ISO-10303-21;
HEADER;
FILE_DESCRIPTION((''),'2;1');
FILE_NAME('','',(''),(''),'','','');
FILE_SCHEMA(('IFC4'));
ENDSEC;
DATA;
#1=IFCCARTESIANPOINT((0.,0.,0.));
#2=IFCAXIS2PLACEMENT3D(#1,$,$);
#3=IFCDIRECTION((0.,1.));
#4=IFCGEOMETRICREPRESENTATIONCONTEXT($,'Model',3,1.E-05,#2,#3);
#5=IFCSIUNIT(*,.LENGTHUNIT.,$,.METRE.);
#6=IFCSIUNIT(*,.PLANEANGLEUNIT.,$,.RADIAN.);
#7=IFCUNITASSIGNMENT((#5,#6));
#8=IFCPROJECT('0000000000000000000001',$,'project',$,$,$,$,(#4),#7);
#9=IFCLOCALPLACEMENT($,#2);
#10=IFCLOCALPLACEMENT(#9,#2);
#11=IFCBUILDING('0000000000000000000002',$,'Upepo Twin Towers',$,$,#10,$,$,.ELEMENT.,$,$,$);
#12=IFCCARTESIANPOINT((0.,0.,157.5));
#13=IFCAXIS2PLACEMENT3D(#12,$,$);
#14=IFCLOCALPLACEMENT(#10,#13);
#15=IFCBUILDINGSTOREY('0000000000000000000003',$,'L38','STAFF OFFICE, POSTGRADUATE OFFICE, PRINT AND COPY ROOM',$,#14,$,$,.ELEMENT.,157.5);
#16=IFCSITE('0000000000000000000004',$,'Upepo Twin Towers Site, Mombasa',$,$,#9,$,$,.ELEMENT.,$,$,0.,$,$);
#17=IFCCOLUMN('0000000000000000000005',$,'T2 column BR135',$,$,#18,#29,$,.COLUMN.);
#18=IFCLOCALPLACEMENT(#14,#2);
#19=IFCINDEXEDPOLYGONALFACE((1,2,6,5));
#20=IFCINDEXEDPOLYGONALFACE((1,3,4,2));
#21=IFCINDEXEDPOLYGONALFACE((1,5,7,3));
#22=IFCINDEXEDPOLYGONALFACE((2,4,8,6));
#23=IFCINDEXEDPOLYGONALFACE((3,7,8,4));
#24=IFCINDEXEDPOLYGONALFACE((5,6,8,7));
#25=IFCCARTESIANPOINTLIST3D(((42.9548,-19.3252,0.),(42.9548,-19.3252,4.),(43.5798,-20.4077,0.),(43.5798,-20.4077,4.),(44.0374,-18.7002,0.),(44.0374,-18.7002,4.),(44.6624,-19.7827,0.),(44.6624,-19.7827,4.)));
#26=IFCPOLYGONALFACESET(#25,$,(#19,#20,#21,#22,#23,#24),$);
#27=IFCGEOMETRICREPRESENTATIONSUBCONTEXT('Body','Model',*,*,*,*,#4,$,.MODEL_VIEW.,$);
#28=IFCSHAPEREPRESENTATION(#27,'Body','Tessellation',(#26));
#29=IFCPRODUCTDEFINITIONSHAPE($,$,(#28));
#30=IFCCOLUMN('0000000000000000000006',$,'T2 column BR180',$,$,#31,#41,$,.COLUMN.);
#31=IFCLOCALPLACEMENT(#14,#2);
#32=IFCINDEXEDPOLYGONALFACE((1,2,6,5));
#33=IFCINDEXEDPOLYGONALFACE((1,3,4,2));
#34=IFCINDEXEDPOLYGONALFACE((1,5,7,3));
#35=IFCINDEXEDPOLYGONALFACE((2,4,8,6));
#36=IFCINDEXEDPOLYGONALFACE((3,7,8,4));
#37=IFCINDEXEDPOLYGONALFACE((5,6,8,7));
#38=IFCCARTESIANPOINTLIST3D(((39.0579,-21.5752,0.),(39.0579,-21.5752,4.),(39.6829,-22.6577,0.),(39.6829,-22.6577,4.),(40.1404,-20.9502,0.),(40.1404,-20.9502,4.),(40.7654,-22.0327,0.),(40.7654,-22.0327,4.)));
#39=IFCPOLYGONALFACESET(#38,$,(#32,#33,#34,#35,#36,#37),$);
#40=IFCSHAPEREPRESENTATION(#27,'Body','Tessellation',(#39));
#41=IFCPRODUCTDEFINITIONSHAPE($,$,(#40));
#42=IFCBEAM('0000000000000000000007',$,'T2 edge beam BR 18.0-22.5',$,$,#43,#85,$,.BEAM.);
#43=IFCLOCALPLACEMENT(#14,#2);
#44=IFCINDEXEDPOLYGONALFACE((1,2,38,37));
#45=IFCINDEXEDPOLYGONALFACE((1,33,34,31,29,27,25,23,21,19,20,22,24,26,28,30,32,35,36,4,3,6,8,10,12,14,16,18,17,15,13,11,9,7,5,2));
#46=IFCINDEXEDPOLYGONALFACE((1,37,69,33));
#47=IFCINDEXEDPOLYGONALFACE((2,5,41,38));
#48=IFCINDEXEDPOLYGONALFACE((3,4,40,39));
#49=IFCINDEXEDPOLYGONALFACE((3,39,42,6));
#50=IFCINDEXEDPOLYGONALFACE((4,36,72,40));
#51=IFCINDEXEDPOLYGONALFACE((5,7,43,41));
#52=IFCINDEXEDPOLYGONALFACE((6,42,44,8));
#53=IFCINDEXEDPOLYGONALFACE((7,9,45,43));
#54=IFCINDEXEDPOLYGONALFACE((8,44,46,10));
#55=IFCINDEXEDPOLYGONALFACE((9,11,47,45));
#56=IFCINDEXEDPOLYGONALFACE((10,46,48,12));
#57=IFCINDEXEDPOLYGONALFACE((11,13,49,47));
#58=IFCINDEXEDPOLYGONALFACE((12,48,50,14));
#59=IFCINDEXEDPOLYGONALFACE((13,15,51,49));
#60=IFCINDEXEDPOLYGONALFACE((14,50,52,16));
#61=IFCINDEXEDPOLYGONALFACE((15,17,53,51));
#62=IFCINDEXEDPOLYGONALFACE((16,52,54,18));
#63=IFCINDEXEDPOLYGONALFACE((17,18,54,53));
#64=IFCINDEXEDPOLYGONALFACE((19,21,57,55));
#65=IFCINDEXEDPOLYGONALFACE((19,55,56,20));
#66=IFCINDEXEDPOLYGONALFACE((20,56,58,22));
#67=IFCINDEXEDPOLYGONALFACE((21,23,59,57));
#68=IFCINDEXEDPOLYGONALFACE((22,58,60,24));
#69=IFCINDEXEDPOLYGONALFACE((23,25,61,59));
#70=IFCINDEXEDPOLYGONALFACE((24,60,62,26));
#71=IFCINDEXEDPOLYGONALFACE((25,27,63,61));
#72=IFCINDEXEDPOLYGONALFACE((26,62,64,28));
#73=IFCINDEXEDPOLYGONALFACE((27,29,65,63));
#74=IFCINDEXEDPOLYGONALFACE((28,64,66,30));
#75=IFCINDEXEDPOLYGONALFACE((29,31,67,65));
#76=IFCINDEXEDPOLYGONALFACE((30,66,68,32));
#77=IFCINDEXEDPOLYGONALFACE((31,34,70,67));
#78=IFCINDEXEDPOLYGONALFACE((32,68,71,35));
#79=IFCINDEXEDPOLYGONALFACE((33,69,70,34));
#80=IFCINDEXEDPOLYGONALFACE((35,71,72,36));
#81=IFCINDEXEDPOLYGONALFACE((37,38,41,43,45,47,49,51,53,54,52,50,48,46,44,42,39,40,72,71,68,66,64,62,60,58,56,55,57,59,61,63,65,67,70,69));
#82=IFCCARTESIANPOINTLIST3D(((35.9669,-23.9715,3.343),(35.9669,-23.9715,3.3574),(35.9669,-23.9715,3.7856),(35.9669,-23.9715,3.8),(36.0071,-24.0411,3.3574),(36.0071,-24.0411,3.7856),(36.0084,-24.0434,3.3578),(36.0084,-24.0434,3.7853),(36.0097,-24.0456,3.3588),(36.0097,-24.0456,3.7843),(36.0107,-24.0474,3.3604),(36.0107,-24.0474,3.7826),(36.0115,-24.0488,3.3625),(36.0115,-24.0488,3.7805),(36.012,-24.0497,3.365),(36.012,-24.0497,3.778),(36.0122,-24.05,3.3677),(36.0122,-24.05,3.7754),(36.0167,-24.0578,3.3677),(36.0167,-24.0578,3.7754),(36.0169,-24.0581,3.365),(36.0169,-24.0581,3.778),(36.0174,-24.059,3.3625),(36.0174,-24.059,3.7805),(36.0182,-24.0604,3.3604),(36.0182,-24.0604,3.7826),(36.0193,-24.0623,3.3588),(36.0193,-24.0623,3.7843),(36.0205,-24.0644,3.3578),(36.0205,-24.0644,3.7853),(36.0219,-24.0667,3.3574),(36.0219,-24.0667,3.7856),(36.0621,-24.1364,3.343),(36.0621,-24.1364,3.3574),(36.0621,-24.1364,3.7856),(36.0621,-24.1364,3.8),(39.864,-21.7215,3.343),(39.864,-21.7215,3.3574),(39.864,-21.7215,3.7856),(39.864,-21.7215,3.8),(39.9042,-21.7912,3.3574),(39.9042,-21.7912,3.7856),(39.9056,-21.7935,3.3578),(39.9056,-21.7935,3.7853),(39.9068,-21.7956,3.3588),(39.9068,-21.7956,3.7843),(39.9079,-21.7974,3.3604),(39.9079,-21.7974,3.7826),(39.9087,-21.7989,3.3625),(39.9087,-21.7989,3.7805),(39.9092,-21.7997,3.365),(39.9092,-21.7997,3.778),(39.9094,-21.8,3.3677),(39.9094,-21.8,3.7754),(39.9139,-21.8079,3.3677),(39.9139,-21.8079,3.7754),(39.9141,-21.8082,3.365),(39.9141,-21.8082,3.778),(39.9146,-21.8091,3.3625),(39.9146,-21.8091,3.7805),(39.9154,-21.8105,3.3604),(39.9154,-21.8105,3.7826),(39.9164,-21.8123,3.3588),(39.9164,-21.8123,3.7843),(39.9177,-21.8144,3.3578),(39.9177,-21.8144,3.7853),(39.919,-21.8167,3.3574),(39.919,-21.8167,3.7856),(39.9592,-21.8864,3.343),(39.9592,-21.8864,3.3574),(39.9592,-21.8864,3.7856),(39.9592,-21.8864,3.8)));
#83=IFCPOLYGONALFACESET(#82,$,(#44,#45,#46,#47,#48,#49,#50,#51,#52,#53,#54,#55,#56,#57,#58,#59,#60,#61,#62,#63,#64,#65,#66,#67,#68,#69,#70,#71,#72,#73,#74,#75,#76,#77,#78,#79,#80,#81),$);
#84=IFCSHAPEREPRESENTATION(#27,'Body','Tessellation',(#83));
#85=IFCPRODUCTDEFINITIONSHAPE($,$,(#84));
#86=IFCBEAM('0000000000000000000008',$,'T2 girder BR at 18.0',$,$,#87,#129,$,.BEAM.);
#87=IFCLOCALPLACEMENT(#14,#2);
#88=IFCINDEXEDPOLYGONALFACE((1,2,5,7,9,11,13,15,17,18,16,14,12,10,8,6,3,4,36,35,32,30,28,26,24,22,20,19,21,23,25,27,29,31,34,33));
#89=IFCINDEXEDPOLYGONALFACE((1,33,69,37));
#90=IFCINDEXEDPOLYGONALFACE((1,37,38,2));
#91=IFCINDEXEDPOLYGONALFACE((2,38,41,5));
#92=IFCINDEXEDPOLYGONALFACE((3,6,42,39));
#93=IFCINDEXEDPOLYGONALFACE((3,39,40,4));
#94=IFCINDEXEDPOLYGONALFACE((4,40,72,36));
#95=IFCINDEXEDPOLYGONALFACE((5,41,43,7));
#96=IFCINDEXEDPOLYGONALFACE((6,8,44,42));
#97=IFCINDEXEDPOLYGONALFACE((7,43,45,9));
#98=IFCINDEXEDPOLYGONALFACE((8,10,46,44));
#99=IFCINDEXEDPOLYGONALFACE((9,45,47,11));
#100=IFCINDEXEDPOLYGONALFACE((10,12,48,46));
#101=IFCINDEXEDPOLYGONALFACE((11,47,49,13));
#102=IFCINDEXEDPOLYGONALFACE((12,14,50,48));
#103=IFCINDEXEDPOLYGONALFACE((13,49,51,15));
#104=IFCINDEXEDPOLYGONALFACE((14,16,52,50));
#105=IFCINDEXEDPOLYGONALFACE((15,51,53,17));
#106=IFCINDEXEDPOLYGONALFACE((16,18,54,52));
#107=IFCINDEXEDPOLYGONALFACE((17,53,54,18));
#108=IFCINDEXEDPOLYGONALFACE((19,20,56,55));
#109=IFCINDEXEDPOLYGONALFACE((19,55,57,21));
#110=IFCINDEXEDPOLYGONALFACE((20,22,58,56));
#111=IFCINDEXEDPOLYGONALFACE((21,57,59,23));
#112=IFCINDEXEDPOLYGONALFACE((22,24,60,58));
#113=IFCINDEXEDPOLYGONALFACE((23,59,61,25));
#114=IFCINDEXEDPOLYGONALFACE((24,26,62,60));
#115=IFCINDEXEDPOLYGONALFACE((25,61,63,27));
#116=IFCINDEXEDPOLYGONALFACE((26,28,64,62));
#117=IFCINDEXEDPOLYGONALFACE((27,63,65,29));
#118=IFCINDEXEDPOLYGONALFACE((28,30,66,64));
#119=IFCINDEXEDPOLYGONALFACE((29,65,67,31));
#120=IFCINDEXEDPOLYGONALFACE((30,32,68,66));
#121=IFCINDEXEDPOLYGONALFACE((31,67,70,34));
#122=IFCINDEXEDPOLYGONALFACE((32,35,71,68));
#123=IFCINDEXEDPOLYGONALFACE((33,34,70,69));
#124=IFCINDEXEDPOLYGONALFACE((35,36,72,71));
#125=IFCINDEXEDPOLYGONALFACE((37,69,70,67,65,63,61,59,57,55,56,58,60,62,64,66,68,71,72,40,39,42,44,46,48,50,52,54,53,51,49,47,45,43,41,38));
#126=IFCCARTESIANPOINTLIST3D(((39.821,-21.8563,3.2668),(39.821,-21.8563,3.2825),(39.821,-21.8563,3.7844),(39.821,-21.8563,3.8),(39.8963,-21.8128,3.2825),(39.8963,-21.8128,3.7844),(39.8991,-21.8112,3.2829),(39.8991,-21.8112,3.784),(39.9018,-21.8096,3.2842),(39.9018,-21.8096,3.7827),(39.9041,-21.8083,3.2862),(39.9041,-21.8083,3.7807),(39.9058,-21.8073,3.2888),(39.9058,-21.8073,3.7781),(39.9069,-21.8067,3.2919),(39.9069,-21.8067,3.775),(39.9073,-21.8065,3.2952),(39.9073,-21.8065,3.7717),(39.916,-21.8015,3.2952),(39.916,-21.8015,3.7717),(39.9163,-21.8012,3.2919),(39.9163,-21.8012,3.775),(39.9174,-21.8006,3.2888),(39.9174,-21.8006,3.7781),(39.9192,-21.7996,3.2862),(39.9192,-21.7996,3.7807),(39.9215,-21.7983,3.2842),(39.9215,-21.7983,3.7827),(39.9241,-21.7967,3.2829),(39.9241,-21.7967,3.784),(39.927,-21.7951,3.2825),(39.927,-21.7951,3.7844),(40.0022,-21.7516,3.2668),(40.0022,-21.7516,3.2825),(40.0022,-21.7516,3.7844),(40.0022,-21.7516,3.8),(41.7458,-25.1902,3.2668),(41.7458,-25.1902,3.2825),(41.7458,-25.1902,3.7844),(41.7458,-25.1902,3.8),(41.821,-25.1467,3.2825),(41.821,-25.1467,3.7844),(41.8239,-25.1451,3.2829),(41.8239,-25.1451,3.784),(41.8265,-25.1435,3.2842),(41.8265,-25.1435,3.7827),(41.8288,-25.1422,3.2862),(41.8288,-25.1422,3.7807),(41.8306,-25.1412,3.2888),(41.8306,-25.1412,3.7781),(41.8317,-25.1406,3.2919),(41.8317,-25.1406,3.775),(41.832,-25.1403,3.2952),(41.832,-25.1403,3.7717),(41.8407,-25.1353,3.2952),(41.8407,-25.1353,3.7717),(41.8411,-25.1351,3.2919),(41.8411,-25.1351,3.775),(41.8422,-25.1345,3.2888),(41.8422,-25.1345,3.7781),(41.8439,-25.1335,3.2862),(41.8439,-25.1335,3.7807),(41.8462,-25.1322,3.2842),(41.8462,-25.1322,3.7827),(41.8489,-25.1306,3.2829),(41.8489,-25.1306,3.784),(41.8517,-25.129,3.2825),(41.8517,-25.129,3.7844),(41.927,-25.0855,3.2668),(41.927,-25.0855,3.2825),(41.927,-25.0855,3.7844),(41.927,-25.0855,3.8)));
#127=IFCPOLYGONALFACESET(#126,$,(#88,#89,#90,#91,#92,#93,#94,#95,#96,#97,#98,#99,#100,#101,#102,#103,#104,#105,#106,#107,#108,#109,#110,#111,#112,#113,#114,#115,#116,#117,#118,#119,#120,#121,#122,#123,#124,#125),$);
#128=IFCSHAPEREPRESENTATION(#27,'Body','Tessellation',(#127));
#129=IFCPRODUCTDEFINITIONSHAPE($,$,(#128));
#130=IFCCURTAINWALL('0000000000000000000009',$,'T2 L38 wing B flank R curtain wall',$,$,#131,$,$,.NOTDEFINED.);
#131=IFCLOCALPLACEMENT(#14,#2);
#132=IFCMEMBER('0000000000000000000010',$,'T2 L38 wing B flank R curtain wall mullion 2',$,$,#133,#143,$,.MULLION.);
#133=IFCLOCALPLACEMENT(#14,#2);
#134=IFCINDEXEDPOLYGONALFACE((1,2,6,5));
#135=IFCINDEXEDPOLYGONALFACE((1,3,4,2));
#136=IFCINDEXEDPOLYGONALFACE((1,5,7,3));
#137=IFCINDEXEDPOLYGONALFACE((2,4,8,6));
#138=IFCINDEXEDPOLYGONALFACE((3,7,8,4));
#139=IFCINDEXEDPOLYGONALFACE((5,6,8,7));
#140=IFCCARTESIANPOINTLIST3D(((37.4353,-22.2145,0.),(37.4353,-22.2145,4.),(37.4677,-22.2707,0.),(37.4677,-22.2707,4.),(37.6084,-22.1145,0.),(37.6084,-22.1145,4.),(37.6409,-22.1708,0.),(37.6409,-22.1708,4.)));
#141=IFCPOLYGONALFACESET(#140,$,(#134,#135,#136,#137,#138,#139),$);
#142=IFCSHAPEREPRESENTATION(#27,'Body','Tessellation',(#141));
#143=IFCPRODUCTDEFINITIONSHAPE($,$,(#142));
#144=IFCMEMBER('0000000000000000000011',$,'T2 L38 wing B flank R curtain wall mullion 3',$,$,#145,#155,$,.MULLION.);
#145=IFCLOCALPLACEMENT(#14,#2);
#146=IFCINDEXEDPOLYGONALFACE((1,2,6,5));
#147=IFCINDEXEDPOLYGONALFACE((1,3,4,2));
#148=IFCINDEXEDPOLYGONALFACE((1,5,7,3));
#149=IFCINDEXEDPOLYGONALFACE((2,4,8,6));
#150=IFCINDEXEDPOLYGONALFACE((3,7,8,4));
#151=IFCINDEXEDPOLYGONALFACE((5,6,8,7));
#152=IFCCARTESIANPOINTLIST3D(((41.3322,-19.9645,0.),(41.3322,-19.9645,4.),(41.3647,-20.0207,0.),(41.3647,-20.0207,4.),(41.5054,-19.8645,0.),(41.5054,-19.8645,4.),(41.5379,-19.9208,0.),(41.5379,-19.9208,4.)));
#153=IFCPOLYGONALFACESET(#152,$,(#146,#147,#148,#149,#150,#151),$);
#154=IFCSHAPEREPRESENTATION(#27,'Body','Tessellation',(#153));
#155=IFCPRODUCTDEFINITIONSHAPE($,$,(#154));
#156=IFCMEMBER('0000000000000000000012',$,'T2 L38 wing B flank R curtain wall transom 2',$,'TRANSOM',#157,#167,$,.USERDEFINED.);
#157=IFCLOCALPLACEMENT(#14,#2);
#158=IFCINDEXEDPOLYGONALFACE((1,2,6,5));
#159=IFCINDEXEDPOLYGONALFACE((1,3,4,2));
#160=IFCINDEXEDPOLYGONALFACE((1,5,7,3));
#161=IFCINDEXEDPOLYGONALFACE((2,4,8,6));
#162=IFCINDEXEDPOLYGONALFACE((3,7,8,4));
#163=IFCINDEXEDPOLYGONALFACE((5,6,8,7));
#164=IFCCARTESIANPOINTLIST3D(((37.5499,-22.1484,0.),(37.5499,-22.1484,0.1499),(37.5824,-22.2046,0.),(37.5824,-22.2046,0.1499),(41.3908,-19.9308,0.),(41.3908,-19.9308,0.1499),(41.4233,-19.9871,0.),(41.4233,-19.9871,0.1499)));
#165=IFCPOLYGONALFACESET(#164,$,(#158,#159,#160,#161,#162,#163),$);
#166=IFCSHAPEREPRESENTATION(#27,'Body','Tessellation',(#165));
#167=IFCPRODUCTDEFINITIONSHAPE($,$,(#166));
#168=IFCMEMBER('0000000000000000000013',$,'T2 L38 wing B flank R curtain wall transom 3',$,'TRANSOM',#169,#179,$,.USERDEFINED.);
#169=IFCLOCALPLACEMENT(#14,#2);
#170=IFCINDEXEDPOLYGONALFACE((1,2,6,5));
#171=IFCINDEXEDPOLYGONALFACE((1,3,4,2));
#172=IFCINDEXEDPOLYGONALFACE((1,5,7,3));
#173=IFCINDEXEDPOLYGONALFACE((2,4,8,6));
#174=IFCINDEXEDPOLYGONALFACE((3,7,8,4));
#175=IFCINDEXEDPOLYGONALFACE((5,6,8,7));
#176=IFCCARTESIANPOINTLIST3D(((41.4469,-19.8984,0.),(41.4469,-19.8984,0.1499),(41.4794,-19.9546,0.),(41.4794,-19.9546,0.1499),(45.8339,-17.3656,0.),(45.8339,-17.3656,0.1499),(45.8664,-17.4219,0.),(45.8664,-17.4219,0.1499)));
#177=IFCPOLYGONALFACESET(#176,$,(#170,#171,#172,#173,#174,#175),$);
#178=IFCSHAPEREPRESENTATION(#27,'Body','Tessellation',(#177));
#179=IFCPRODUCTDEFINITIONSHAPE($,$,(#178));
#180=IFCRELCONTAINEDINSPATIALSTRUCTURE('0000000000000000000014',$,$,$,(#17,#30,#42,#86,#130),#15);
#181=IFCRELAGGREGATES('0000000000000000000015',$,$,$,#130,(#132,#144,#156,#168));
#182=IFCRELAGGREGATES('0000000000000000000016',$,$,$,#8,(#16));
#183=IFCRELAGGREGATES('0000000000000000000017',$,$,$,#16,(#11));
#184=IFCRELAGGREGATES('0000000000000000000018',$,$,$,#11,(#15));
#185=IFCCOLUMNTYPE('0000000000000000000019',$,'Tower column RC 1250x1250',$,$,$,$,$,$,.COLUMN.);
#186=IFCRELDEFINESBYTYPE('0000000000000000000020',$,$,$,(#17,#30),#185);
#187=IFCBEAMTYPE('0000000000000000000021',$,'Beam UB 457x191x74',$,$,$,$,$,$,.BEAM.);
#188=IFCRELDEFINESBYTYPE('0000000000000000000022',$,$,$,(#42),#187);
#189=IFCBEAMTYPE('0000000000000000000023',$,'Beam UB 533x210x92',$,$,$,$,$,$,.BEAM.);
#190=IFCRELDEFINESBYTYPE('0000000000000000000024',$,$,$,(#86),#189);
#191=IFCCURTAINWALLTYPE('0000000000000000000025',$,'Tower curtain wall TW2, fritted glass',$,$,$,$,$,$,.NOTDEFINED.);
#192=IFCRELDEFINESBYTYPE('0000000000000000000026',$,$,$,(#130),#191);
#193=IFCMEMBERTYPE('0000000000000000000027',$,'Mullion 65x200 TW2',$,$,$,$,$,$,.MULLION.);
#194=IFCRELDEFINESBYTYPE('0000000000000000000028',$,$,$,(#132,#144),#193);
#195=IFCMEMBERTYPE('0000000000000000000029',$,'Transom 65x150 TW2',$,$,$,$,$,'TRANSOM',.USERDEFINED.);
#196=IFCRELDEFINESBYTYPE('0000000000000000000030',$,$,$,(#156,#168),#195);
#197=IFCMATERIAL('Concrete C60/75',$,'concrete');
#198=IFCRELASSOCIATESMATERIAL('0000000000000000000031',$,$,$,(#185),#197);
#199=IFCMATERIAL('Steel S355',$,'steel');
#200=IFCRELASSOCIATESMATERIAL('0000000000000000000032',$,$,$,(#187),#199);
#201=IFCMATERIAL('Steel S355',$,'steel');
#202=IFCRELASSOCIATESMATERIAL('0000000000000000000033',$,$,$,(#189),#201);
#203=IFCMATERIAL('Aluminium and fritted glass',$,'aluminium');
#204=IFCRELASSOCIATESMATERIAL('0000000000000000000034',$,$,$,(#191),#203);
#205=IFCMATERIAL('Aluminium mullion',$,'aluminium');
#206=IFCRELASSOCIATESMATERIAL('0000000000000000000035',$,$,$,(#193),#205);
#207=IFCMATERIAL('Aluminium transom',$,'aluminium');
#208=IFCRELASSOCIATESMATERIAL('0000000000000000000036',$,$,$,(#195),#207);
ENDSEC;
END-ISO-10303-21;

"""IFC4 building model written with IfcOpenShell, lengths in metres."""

from ifc_helpers import new_model, si_unit, direction, frame, origin, origin_2d, place, context, subcontext, project, spatial, rectangle, i_section, extrude, material, material_profile, profile_set, type_object, element, aggregate, save


model = new_model("IFC4")

# Units and contexts
model_context = context("Model", 3, precision=1e-05, world=origin(), true_north=direction((0.0, 1.0)))
body_context = subcontext(model_context, "Body", "Model", "MODEL_VIEW")
ifc_project = project(units=[si_unit("LENGTHUNIT", "METRE"), si_unit("PLANEANGLEUNIT", "RADIAN")], contexts=[model_context])

# Site, building, storey
site_placement = place(None, origin())
site = spatial("IfcSite", under=ifc_project, at=site_placement, Name="Upepo Twin Towers Site, Mombasa", CompositionType="ELEMENT", RefElevation=0.0)
building_placement = place(site_placement, origin())
building = spatial("IfcBuilding", under=site, at=building_placement, Name="Upepo Twin Towers", CompositionType="ELEMENT")
storey_placement = place(building_placement, frame((0.0, 0.0, 157.5)))
storey = spatial("IfcBuildingStorey", under=building, at=storey_placement, Name="L38", Description="STAFF OFFICE, POSTGRADUATE OFFICE, PRINT AND COPY ROOM", CompositionType="ELEMENT", Elevation=157.5)

# Columns
ifc_material_1 = material(Name="Concrete C60/75", Category="concrete")
ifc_material_profile_1 = material_profile(ifc_material_1, rectangle(XDim=1.25, YDim=1.25, at=origin_2d()), Name="RC 1250x1250")
ifc_profile_set_1 = profile_set([ifc_material_profile_1], Name="Concrete C60/75")
column_type = type_object("IfcColumnType", Name="Tower column RC 1250x1250", PredefinedType="COLUMN", material=ifc_profile_set_1)
for number, where, z_axis, x_axis, name in (
    (1, (43.8086, -19.554, 0.0), (0.0, 0.0, 1.0), (0.866025, 0.5, 0.0), "T2 column BR135"),
    (2, (39.9116, -21.804, 0.0), (0.0, 0.0, 1.0), (0.866025, 0.5, 0.0), "T2 column BR180"),
):
    element("IfcColumn", number, at=place(storey_placement, frame(where, z_axis=z_axis, x_axis=x_axis)), inside=storey, type_object=column_type, Name=name, PredefinedType="COLUMN", context=body_context, shape_type="SweptSolid", body=[
        extrude(rectangle(XDim=1.25, YDim=1.25, at=origin_2d()), origin(), (0.0, 0.0, 1.0), 4.0),
    ])

# Beams
ifc_material_2 = material(Name="Steel S355", Category="steel")
ifc_material_profile_2 = material_profile(ifc_material_2, i_section(OverallWidth=0.1904, OverallDepth=0.457, WebThickness=0.009, FlangeThickness=0.0144, FilletRadius=0.0103, at=origin_2d()), Name="UB 457x191x74")
ifc_profile_set_2 = profile_set([ifc_material_profile_2], Name="Steel S355")
beam_type_1 = type_object("IfcBeamType", Name="Beam UB 457x191x74", PredefinedType="BEAM", material=ifc_profile_set_2)
beam_1_placement = place(storey_placement, frame((39.9116, -21.804, 3.5715), z_axis=(-0.866031, -0.49999, 0.0), x_axis=(0.49999, -0.866031, 0.0)))
element("IfcBeam", 3, at=beam_1_placement, inside=storey, type_object=beam_type_1, Name="T2 edge beam BR 18.0-22.5", PredefinedType="BEAM", context=body_context, shape_type="SweptSolid", body=[
    extrude(i_section(OverallWidth=0.1904, OverallDepth=0.457, WebThickness=0.009, FlangeThickness=0.0144, FilletRadius=0.0103, at=origin_2d()), origin(), (0.0, 0.0, 1.0), 4.5),
])
ifc_material_3 = material(Name="Steel S355", Category="steel")
ifc_material_profile_3 = material_profile(ifc_material_3, i_section(OverallWidth=0.2092, OverallDepth=0.5332, WebThickness=0.01, FlangeThickness=0.0156, FilletRadius=0.0127, at=origin_2d()), Name="UB 533x210x92")
ifc_profile_set_3 = profile_set([ifc_material_profile_3], Name="Steel S355")
beam_type_2 = type_object("IfcBeamType", Name="Beam UB 533x210x92", PredefinedType="BEAM", material=ifc_profile_set_3)
beam_2_placement = place(storey_placement, frame((39.9116, -21.804, 3.5334), z_axis=(0.499986, -0.866034, 0.0), x_axis=(0.866034, 0.499986, 0.0)))
element("IfcBeam", 4, at=beam_2_placement, inside=storey, type_object=beam_type_2, Name="T2 girder BR at 18.0", PredefinedType="BEAM", context=body_context, shape_type="SweptSolid", body=[
    extrude(i_section(OverallWidth=0.2092, OverallDepth=0.5332, WebThickness=0.01, FlangeThickness=0.0156, FilletRadius=0.0127, at=origin_2d()), origin(), (0.0, 0.0, 1.0), 3.8496),
])

# Curtain wall, members
ifc_material_4 = material(Name="Aluminium and fritted glass", Category="aluminium")
curtain_wall_type = type_object("IfcCurtainWallType", Name="Tower curtain wall TW2, fritted glass", PredefinedType="NOTDEFINED", material=ifc_material_4)
curtain_wall_placement = place(storey_placement, origin())
curtain_wall = element("IfcCurtainWall", 5, at=curtain_wall_placement, inside=storey, type_object=curtain_wall_type, Name="T2 L38 wing B flank R curtain wall", PredefinedType="NOTDEFINED")
ifc_material_5 = material(Name="Aluminium mullion", Category="aluminium")
ifc_material_profile_4 = material_profile(ifc_material_5, rectangle(XDim=0.0649, YDim=0.2, at=origin_2d()), Name="MULLION 65x200")
ifc_profile_set_4 = profile_set([ifc_material_profile_4], Name="Aluminium mullion")
member_type_1 = type_object("IfcMemberType", Name="Mullion 65x200 TW2", PredefinedType="MULLION", material=ifc_profile_set_4)
member_1_placement = place(storey_placement, frame((37.5381, -22.1926, 0.0), z_axis=(0.0, 0.0, 1.0), x_axis=(-0.5, 0.866025, 0.0)))
member_1 = element("IfcMember", 6, at=member_1_placement, type_object=member_type_1, Name="T2 L38 wing B flank R curtain wall mullion 2", PredefinedType="MULLION", context=body_context, shape_type="SweptSolid", body=[
    extrude(rectangle(XDim=0.0649, YDim=0.2, at=origin_2d()), origin(), (0.0, 0.0, 1.0), 4.0),
])
member_2_placement = place(storey_placement, frame((41.4351, -19.9426, 0.0), z_axis=(0.0, 0.0, 1.0), x_axis=(-0.5, 0.866025, 0.0)))
member_2 = element("IfcMember", 7, at=member_2_placement, type_object=member_type_1, Name="T2 L38 wing B flank R curtain wall mullion 3", PredefinedType="MULLION", context=body_context, shape_type="SweptSolid", body=[
    extrude(rectangle(XDim=0.0649, YDim=0.2, at=origin_2d()), origin(), (0.0, 0.0, 1.0), 4.0),
])
ifc_material_6 = material(Name="Aluminium transom", Category="aluminium")
ifc_material_profile_5 = material_profile(ifc_material_6, rectangle(XDim=0.0649, YDim=0.1499, at=origin_2d()), Name="TRANSOM 65x150")
ifc_profile_set_5 = profile_set([ifc_material_profile_5], Name="Aluminium transom")
member_type_2 = type_object("IfcMemberType", Name="Transom 65x150 TW2", ElementType="TRANSOM", PredefinedType="USERDEFINED", material=ifc_profile_set_5)
member_3_placement = place(storey_placement, frame((37.5662, -22.1765, 0.075), z_axis=(0.866022, 0.500005, 0.0), x_axis=(-0.500005, 0.866022, 0.0)))
member_3 = element("IfcMember", 8, at=member_3_placement, type_object=member_type_2, Name="T2 L38 wing B flank R curtain wall transom 2", ObjectType="TRANSOM", PredefinedType="USERDEFINED", context=body_context, shape_type="SweptSolid", body=[
    extrude(rectangle(XDim=0.0649, YDim=0.1499, at=origin_2d()), origin(), (0.0, 0.0, 1.0), 4.4351),
])
member_4_placement = place(storey_placement, frame((41.4631, -19.9265, 0.075), z_axis=(0.866034, 0.499985, 0.0), x_axis=(-0.499985, 0.866034, 0.0)))
member_4 = element("IfcMember", 9, at=member_4_placement, type_object=member_type_2, Name="T2 L38 wing B flank R curtain wall transom 3", ObjectType="TRANSOM", PredefinedType="USERDEFINED", context=body_context, shape_type="SweptSolid", body=[
    extrude(rectangle(XDim=0.0649, YDim=0.1499, at=origin_2d()), origin(), (0.0, 0.0, 1.0), 5.0657),
])
aggregate(curtain_wall, [member_1, member_2, member_3, member_4])

save(model, "model.ifc")
